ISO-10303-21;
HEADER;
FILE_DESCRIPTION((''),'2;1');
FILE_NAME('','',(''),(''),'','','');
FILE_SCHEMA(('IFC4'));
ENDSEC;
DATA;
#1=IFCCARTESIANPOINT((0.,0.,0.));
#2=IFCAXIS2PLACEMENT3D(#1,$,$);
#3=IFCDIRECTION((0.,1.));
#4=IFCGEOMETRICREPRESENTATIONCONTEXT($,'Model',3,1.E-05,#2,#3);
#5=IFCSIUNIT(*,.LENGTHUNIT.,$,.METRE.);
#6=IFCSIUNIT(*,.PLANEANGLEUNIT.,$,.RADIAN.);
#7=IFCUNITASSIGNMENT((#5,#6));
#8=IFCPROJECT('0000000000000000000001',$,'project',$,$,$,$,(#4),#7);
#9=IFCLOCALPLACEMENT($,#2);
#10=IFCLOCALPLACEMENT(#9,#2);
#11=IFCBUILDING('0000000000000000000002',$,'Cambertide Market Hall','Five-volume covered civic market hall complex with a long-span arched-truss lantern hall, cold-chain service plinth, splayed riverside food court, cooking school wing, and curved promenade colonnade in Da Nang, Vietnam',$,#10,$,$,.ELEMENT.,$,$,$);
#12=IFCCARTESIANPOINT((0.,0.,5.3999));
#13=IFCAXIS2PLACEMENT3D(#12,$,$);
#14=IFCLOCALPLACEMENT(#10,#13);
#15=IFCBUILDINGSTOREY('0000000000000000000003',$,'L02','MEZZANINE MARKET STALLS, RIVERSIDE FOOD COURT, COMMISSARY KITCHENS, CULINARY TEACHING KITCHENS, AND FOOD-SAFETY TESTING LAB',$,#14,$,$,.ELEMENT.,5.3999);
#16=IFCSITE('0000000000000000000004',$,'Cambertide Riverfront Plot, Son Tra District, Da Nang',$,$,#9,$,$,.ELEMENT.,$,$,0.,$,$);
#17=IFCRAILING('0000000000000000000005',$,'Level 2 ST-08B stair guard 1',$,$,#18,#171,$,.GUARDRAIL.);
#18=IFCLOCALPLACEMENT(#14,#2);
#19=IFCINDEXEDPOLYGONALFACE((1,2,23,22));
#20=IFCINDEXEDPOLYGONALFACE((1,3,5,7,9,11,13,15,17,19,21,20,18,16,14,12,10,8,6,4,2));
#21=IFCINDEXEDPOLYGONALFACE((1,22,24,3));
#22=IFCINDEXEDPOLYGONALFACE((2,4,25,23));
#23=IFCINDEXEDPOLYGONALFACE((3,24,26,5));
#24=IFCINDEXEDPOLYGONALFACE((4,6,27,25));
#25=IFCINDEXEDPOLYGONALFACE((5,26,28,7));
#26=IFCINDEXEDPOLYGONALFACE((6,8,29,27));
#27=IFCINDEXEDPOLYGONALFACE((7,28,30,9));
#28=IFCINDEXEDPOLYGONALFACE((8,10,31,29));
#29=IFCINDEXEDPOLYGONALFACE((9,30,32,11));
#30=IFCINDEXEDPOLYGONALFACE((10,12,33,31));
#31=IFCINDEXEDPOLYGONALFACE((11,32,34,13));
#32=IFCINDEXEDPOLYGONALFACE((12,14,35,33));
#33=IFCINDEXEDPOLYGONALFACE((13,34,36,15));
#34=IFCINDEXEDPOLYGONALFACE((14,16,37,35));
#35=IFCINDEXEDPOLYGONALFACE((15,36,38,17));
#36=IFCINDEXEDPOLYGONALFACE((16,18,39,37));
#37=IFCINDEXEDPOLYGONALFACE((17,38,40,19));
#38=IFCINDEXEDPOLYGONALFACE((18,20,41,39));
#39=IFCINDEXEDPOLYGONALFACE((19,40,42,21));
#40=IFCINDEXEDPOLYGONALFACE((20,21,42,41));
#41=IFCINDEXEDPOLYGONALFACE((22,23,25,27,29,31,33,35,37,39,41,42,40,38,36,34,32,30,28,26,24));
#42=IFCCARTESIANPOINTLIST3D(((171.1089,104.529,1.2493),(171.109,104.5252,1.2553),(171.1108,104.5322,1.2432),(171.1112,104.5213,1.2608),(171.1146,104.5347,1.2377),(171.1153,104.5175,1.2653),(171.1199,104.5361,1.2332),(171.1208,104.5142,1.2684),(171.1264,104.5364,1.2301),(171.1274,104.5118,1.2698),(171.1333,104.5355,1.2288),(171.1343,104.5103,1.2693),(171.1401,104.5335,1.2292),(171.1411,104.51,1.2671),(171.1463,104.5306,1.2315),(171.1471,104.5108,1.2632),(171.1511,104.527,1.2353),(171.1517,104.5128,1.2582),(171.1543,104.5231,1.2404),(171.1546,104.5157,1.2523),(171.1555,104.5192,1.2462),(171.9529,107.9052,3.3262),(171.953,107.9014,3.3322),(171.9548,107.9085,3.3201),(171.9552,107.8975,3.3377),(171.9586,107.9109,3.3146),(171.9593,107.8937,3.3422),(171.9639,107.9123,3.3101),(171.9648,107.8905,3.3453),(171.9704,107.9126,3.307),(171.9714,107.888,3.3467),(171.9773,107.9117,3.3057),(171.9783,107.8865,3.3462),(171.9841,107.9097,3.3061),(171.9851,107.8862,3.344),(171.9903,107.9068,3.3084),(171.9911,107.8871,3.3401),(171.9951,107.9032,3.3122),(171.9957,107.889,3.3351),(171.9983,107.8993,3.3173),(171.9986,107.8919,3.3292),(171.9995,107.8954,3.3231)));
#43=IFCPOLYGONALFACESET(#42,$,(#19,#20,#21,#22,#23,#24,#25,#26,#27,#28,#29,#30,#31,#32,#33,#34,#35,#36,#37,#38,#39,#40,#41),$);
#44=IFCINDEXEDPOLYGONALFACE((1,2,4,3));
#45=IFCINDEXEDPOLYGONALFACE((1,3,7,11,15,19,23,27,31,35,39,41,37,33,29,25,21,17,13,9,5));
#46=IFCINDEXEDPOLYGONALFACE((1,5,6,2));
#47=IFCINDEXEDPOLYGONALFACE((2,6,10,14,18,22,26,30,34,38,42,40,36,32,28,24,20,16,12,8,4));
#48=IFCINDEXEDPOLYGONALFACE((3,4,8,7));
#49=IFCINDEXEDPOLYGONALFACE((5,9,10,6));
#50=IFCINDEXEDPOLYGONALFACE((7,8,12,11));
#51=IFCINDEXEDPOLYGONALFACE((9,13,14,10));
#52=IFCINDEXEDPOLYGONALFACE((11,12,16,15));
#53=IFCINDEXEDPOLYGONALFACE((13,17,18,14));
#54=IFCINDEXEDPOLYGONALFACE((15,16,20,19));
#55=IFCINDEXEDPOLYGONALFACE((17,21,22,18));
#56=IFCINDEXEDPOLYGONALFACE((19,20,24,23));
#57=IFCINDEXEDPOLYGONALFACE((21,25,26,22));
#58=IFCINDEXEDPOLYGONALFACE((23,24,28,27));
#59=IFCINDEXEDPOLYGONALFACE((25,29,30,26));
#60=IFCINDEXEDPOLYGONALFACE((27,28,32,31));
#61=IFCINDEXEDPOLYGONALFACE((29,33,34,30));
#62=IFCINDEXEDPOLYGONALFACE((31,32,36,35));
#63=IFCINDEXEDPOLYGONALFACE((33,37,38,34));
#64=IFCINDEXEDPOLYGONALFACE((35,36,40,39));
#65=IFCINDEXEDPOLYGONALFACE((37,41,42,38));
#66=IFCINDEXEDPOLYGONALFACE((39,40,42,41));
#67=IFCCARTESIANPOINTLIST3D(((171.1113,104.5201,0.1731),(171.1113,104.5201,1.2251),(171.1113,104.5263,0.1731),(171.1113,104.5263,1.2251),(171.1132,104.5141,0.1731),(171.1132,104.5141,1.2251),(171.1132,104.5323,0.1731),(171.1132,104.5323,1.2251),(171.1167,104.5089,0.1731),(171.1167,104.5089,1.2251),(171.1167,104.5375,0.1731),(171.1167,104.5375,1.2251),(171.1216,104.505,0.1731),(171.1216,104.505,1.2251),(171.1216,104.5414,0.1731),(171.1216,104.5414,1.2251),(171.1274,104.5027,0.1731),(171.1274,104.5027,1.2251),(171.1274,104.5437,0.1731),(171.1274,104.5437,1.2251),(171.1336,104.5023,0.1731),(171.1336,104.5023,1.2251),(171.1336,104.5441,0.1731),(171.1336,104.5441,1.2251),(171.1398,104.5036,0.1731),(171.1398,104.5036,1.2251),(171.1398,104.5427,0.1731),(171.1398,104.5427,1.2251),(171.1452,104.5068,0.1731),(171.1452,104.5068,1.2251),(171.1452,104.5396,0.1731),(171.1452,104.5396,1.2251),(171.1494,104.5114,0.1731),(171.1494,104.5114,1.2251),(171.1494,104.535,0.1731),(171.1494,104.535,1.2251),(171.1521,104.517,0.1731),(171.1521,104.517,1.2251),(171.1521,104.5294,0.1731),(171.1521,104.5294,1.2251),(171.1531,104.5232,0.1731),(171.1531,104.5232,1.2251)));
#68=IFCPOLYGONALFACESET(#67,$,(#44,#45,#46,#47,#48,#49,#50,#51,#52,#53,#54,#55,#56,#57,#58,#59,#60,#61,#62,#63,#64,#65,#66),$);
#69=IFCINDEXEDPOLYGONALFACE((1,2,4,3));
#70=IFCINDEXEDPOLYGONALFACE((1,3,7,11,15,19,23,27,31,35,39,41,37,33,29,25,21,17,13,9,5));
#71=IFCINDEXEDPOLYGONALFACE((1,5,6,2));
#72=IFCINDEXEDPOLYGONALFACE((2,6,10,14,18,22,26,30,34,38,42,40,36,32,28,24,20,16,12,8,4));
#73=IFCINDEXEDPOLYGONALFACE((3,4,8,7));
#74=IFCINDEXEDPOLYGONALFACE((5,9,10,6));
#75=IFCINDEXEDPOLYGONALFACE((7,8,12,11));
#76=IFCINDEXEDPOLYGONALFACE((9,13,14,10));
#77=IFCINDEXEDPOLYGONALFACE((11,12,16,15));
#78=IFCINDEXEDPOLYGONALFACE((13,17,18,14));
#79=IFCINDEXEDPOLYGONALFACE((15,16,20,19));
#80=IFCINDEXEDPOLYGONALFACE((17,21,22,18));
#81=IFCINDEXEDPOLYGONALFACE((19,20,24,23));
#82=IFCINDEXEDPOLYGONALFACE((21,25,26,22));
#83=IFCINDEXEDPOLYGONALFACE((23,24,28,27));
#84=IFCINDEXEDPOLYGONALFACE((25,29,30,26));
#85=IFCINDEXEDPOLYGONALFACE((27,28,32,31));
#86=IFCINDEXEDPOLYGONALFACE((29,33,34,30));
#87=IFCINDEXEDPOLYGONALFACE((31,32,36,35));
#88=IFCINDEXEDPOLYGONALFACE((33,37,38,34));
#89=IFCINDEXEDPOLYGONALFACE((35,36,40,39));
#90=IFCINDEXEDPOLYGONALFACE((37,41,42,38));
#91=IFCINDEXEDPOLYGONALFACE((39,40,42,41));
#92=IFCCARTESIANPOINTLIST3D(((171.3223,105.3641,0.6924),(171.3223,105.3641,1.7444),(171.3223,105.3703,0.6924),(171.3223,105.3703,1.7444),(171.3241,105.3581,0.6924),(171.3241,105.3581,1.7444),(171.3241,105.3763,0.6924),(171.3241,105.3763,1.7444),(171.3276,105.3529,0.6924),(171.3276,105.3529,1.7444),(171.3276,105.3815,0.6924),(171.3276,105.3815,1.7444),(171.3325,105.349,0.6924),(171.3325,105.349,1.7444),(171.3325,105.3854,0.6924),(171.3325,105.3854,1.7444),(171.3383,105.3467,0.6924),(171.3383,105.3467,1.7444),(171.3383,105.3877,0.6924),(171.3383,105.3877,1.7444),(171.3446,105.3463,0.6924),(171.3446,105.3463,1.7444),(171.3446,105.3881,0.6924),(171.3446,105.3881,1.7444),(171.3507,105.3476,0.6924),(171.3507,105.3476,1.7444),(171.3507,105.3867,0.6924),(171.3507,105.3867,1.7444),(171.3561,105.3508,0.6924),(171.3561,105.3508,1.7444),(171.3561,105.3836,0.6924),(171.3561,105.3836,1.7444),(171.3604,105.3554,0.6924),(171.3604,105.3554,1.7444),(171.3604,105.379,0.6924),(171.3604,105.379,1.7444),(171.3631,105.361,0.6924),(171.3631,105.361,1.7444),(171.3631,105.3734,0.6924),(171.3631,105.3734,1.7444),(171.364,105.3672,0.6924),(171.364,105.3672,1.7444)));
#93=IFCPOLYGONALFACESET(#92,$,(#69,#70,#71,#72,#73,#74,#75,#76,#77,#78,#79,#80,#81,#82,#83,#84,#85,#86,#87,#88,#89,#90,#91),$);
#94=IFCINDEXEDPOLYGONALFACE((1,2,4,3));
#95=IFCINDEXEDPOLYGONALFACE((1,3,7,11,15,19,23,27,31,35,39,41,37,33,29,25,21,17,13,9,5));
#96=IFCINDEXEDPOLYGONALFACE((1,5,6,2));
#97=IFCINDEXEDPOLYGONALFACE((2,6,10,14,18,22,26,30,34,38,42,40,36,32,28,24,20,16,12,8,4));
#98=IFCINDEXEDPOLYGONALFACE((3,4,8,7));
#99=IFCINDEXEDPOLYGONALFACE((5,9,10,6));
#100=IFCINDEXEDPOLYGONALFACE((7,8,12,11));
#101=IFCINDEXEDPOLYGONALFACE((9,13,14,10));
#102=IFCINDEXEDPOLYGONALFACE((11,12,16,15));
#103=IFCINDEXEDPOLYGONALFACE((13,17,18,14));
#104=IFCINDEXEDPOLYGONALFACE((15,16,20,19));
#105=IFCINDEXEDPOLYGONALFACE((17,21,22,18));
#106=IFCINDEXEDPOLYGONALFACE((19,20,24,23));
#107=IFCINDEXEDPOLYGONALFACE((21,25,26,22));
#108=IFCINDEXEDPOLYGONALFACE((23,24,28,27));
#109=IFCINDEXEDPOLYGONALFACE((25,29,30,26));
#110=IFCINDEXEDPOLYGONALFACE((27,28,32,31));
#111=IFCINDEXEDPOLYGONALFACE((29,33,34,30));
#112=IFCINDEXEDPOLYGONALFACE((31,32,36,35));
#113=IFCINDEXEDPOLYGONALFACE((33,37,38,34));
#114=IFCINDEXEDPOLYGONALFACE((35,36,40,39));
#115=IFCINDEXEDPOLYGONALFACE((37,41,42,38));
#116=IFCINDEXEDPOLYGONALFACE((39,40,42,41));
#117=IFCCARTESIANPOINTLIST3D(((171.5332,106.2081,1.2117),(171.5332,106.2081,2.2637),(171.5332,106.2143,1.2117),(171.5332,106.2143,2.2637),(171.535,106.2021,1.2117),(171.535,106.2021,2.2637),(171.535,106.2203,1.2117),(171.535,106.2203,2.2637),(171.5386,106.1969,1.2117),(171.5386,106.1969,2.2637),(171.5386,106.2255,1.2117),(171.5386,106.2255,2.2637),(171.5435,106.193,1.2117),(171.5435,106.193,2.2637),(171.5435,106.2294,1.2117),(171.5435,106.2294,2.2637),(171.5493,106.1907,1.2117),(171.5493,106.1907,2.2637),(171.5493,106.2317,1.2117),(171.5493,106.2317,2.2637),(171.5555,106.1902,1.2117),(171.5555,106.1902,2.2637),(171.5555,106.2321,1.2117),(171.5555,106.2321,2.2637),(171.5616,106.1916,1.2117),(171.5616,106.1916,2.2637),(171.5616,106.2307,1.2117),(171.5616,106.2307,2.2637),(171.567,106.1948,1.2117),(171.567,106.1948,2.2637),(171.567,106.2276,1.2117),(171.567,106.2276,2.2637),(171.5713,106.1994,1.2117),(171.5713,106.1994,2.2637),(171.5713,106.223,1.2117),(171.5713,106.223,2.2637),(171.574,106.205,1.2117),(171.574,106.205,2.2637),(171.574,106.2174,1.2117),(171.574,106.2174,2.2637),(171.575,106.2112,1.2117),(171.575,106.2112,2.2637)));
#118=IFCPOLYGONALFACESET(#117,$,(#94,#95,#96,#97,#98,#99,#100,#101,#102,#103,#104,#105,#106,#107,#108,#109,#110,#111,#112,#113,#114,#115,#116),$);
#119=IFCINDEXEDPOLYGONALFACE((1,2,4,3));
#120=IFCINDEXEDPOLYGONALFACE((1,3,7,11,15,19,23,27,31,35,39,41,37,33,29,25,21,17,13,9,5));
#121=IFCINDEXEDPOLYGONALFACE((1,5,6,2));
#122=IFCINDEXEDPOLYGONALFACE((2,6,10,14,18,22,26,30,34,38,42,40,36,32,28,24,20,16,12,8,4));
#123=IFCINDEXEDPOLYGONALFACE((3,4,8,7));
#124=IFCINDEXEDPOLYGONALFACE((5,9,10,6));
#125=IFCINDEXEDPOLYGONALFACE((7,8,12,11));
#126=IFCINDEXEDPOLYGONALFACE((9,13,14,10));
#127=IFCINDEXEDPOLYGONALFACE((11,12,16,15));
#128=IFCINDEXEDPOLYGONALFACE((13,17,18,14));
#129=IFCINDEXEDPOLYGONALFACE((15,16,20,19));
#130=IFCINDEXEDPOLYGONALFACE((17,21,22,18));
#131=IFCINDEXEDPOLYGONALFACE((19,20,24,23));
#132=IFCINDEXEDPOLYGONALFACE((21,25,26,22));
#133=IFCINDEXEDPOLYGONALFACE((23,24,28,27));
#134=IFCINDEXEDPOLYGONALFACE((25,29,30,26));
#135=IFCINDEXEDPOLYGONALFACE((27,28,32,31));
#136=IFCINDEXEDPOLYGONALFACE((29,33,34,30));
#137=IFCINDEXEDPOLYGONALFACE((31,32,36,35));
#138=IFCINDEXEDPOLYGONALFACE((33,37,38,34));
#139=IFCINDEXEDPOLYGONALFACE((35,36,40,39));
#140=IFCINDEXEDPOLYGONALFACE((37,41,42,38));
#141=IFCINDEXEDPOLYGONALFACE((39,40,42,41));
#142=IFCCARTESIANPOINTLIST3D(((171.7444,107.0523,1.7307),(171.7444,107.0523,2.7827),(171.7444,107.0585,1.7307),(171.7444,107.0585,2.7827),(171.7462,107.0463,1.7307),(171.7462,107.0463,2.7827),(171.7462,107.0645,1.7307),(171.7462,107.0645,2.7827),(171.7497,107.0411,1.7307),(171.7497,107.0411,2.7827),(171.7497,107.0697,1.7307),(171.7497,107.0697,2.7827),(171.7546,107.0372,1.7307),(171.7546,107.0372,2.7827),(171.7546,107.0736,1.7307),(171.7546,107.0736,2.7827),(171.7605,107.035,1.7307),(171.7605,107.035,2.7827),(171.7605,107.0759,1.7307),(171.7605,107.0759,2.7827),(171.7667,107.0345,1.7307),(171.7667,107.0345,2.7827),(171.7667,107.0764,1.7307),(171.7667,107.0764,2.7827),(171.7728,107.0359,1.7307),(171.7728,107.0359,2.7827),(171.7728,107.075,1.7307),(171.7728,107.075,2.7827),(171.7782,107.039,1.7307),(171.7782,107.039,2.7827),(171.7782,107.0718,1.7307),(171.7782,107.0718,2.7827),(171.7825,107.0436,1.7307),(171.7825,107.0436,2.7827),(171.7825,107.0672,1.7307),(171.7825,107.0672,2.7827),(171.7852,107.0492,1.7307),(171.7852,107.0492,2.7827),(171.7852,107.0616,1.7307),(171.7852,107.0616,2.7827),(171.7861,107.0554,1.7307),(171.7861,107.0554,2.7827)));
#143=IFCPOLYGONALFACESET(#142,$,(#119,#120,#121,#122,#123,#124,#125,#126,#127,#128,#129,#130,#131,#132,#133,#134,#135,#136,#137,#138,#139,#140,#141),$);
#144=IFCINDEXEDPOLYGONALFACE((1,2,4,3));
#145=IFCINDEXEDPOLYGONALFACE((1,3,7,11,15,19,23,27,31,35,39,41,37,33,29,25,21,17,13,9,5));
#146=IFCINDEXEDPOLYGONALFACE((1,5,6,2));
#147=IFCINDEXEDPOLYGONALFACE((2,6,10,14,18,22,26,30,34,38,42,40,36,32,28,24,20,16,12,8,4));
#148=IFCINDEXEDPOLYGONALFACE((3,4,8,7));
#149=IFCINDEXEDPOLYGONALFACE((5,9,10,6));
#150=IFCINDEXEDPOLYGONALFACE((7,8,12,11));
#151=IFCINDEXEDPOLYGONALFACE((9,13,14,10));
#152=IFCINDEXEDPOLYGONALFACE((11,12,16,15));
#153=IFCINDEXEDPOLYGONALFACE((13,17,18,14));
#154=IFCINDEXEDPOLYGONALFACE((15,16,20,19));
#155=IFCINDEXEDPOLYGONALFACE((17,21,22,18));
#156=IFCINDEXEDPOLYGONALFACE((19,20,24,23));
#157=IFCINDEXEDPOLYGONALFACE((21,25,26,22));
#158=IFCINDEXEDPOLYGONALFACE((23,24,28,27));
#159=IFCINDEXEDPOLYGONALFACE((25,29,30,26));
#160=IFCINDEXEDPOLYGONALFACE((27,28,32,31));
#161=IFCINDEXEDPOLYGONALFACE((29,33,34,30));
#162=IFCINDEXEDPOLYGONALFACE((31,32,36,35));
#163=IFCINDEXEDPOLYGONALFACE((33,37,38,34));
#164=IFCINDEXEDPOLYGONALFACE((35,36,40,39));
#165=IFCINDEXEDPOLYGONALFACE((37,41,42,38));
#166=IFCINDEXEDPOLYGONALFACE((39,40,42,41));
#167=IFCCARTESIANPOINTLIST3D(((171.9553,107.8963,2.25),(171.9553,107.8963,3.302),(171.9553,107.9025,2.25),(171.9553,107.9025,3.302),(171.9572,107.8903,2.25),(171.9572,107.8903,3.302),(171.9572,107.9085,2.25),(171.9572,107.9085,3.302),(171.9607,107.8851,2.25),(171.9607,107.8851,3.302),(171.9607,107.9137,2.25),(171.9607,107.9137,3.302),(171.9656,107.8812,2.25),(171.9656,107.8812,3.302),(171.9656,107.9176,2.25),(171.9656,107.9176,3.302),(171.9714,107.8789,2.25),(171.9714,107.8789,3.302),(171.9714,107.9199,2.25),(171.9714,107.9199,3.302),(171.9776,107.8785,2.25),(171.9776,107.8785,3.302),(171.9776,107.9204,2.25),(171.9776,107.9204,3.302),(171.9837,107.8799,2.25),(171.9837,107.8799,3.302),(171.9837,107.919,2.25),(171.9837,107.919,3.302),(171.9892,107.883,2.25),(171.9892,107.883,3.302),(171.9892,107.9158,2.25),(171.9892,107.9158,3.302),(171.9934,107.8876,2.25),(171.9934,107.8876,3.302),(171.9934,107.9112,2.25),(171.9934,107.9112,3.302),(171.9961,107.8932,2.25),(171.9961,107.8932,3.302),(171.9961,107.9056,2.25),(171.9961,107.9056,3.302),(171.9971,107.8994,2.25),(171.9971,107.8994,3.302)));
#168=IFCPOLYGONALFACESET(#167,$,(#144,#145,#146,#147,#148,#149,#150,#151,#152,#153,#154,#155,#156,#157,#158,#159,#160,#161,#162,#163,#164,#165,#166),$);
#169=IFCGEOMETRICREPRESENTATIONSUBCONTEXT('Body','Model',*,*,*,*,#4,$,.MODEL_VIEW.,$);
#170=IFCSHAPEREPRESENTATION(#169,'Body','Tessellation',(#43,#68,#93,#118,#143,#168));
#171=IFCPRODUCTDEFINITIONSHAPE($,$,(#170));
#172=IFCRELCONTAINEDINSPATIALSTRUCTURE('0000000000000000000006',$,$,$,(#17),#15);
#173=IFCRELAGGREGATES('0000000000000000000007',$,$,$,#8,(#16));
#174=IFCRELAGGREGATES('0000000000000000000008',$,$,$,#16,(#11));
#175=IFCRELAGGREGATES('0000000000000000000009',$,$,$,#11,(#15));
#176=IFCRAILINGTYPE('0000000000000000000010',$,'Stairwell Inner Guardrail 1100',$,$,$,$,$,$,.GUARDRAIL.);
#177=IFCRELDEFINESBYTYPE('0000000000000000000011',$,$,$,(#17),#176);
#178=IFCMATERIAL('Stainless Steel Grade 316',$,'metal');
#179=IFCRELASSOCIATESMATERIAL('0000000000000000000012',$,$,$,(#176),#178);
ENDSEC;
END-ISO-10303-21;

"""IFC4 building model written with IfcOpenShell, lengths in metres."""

from ifc_helpers import new_model, si_unit, direction, frame, origin, origin_2d, place, context, subcontext, project, spatial, circle, extrude, material, type_object, element, save


model = new_model("IFC4")

# Units and contexts
model_context = context("Model", 3, precision=1e-05, world=origin(), true_north=direction((0.0, 1.0)))
body_context = subcontext(model_context, "Body", "Model", "MODEL_VIEW")
ifc_project = project(units=[si_unit("LENGTHUNIT", "METRE"), si_unit("PLANEANGLEUNIT", "RADIAN")], contexts=[model_context])

# Site, building, storey
site_placement = place(None, origin())
site = spatial("IfcSite", under=ifc_project, at=site_placement, Name="Cambertide Riverfront Plot, Son Tra District, Da Nang", CompositionType="ELEMENT", RefElevation=0.0)
building_placement = place(site_placement, origin())
building = spatial("IfcBuilding", under=site, at=building_placement, Name="Cambertide Market Hall", Description="Five-volume covered civic market hall complex with a long-span arched-truss lantern hall, cold-chain service plinth, splayed riverside food court, cooking school wing, and curved promenade colonnade in Da Nang, Vietnam", CompositionType="ELEMENT")
storey_placement = place(building_placement, frame((0.0, 0.0, 5.3999)))
storey = spatial("IfcBuildingStorey", under=building, at=storey_placement, Name="L02", Description="MEZZANINE MARKET STALLS, RIVERSIDE FOOD COURT, COMMISSARY KITCHENS, CULINARY TEACHING KITCHENS, AND FOOD-SAFETY TESTING LAB", CompositionType="ELEMENT", Elevation=5.3999)

# Railing
ifc_material_1 = material(Name="Stainless Steel Grade 316", Category="metal")
railing_type_1 = type_object("IfcRailingType", Name="Stairwell Inner Guardrail 1100", PredefinedType="GUARDRAIL", material=ifc_material_1)
railing_1_placement = place(storey_placement, frame((171.1321, 104.5232, 0.1731)))
element("IfcRailing", 1, at=railing_1_placement, inside=storey, type_object=railing_type_1, Name="Level 2 ST-08B stair guard 1", PredefinedType="GUARDRAIL", context=body_context, shape_type="SweptSolid", body=[
    extrude(circle(Radius=0.0239, at=origin_2d()), frame((0.0, 0.0, 1.0762), z_axis=(0.208253, 0.833071, 0.512469), x_axis=(-0.970147, 0.242519, 0.0)), (0.0, 0.0, 1.0), 4.0527),
    extrude(circle(Radius=0.021, at=origin_2d()), origin(), (0.0, 0.0, 1.0), 1.052),
    extrude(circle(Radius=0.021, at=origin_2d()), frame((0.2109, 0.844, 0.5193)), (0.0, 0.0, 1.0), 1.052),
    extrude(circle(Radius=0.021, at=origin_2d()), frame((0.4219, 1.688, 1.0386)), (0.0, 0.0, 1.0), 1.052),
    extrude(circle(Radius=0.021, at=origin_2d()), frame((0.6331, 2.5322, 1.5576)), (0.0, 0.0, 1.0), 1.052),
    extrude(circle(Radius=0.021, at=origin_2d()), frame((0.844, 3.3762, 2.0769)), (0.0, 0.0, 1.0), 1.052),
])

save(model, "model.ifc")
